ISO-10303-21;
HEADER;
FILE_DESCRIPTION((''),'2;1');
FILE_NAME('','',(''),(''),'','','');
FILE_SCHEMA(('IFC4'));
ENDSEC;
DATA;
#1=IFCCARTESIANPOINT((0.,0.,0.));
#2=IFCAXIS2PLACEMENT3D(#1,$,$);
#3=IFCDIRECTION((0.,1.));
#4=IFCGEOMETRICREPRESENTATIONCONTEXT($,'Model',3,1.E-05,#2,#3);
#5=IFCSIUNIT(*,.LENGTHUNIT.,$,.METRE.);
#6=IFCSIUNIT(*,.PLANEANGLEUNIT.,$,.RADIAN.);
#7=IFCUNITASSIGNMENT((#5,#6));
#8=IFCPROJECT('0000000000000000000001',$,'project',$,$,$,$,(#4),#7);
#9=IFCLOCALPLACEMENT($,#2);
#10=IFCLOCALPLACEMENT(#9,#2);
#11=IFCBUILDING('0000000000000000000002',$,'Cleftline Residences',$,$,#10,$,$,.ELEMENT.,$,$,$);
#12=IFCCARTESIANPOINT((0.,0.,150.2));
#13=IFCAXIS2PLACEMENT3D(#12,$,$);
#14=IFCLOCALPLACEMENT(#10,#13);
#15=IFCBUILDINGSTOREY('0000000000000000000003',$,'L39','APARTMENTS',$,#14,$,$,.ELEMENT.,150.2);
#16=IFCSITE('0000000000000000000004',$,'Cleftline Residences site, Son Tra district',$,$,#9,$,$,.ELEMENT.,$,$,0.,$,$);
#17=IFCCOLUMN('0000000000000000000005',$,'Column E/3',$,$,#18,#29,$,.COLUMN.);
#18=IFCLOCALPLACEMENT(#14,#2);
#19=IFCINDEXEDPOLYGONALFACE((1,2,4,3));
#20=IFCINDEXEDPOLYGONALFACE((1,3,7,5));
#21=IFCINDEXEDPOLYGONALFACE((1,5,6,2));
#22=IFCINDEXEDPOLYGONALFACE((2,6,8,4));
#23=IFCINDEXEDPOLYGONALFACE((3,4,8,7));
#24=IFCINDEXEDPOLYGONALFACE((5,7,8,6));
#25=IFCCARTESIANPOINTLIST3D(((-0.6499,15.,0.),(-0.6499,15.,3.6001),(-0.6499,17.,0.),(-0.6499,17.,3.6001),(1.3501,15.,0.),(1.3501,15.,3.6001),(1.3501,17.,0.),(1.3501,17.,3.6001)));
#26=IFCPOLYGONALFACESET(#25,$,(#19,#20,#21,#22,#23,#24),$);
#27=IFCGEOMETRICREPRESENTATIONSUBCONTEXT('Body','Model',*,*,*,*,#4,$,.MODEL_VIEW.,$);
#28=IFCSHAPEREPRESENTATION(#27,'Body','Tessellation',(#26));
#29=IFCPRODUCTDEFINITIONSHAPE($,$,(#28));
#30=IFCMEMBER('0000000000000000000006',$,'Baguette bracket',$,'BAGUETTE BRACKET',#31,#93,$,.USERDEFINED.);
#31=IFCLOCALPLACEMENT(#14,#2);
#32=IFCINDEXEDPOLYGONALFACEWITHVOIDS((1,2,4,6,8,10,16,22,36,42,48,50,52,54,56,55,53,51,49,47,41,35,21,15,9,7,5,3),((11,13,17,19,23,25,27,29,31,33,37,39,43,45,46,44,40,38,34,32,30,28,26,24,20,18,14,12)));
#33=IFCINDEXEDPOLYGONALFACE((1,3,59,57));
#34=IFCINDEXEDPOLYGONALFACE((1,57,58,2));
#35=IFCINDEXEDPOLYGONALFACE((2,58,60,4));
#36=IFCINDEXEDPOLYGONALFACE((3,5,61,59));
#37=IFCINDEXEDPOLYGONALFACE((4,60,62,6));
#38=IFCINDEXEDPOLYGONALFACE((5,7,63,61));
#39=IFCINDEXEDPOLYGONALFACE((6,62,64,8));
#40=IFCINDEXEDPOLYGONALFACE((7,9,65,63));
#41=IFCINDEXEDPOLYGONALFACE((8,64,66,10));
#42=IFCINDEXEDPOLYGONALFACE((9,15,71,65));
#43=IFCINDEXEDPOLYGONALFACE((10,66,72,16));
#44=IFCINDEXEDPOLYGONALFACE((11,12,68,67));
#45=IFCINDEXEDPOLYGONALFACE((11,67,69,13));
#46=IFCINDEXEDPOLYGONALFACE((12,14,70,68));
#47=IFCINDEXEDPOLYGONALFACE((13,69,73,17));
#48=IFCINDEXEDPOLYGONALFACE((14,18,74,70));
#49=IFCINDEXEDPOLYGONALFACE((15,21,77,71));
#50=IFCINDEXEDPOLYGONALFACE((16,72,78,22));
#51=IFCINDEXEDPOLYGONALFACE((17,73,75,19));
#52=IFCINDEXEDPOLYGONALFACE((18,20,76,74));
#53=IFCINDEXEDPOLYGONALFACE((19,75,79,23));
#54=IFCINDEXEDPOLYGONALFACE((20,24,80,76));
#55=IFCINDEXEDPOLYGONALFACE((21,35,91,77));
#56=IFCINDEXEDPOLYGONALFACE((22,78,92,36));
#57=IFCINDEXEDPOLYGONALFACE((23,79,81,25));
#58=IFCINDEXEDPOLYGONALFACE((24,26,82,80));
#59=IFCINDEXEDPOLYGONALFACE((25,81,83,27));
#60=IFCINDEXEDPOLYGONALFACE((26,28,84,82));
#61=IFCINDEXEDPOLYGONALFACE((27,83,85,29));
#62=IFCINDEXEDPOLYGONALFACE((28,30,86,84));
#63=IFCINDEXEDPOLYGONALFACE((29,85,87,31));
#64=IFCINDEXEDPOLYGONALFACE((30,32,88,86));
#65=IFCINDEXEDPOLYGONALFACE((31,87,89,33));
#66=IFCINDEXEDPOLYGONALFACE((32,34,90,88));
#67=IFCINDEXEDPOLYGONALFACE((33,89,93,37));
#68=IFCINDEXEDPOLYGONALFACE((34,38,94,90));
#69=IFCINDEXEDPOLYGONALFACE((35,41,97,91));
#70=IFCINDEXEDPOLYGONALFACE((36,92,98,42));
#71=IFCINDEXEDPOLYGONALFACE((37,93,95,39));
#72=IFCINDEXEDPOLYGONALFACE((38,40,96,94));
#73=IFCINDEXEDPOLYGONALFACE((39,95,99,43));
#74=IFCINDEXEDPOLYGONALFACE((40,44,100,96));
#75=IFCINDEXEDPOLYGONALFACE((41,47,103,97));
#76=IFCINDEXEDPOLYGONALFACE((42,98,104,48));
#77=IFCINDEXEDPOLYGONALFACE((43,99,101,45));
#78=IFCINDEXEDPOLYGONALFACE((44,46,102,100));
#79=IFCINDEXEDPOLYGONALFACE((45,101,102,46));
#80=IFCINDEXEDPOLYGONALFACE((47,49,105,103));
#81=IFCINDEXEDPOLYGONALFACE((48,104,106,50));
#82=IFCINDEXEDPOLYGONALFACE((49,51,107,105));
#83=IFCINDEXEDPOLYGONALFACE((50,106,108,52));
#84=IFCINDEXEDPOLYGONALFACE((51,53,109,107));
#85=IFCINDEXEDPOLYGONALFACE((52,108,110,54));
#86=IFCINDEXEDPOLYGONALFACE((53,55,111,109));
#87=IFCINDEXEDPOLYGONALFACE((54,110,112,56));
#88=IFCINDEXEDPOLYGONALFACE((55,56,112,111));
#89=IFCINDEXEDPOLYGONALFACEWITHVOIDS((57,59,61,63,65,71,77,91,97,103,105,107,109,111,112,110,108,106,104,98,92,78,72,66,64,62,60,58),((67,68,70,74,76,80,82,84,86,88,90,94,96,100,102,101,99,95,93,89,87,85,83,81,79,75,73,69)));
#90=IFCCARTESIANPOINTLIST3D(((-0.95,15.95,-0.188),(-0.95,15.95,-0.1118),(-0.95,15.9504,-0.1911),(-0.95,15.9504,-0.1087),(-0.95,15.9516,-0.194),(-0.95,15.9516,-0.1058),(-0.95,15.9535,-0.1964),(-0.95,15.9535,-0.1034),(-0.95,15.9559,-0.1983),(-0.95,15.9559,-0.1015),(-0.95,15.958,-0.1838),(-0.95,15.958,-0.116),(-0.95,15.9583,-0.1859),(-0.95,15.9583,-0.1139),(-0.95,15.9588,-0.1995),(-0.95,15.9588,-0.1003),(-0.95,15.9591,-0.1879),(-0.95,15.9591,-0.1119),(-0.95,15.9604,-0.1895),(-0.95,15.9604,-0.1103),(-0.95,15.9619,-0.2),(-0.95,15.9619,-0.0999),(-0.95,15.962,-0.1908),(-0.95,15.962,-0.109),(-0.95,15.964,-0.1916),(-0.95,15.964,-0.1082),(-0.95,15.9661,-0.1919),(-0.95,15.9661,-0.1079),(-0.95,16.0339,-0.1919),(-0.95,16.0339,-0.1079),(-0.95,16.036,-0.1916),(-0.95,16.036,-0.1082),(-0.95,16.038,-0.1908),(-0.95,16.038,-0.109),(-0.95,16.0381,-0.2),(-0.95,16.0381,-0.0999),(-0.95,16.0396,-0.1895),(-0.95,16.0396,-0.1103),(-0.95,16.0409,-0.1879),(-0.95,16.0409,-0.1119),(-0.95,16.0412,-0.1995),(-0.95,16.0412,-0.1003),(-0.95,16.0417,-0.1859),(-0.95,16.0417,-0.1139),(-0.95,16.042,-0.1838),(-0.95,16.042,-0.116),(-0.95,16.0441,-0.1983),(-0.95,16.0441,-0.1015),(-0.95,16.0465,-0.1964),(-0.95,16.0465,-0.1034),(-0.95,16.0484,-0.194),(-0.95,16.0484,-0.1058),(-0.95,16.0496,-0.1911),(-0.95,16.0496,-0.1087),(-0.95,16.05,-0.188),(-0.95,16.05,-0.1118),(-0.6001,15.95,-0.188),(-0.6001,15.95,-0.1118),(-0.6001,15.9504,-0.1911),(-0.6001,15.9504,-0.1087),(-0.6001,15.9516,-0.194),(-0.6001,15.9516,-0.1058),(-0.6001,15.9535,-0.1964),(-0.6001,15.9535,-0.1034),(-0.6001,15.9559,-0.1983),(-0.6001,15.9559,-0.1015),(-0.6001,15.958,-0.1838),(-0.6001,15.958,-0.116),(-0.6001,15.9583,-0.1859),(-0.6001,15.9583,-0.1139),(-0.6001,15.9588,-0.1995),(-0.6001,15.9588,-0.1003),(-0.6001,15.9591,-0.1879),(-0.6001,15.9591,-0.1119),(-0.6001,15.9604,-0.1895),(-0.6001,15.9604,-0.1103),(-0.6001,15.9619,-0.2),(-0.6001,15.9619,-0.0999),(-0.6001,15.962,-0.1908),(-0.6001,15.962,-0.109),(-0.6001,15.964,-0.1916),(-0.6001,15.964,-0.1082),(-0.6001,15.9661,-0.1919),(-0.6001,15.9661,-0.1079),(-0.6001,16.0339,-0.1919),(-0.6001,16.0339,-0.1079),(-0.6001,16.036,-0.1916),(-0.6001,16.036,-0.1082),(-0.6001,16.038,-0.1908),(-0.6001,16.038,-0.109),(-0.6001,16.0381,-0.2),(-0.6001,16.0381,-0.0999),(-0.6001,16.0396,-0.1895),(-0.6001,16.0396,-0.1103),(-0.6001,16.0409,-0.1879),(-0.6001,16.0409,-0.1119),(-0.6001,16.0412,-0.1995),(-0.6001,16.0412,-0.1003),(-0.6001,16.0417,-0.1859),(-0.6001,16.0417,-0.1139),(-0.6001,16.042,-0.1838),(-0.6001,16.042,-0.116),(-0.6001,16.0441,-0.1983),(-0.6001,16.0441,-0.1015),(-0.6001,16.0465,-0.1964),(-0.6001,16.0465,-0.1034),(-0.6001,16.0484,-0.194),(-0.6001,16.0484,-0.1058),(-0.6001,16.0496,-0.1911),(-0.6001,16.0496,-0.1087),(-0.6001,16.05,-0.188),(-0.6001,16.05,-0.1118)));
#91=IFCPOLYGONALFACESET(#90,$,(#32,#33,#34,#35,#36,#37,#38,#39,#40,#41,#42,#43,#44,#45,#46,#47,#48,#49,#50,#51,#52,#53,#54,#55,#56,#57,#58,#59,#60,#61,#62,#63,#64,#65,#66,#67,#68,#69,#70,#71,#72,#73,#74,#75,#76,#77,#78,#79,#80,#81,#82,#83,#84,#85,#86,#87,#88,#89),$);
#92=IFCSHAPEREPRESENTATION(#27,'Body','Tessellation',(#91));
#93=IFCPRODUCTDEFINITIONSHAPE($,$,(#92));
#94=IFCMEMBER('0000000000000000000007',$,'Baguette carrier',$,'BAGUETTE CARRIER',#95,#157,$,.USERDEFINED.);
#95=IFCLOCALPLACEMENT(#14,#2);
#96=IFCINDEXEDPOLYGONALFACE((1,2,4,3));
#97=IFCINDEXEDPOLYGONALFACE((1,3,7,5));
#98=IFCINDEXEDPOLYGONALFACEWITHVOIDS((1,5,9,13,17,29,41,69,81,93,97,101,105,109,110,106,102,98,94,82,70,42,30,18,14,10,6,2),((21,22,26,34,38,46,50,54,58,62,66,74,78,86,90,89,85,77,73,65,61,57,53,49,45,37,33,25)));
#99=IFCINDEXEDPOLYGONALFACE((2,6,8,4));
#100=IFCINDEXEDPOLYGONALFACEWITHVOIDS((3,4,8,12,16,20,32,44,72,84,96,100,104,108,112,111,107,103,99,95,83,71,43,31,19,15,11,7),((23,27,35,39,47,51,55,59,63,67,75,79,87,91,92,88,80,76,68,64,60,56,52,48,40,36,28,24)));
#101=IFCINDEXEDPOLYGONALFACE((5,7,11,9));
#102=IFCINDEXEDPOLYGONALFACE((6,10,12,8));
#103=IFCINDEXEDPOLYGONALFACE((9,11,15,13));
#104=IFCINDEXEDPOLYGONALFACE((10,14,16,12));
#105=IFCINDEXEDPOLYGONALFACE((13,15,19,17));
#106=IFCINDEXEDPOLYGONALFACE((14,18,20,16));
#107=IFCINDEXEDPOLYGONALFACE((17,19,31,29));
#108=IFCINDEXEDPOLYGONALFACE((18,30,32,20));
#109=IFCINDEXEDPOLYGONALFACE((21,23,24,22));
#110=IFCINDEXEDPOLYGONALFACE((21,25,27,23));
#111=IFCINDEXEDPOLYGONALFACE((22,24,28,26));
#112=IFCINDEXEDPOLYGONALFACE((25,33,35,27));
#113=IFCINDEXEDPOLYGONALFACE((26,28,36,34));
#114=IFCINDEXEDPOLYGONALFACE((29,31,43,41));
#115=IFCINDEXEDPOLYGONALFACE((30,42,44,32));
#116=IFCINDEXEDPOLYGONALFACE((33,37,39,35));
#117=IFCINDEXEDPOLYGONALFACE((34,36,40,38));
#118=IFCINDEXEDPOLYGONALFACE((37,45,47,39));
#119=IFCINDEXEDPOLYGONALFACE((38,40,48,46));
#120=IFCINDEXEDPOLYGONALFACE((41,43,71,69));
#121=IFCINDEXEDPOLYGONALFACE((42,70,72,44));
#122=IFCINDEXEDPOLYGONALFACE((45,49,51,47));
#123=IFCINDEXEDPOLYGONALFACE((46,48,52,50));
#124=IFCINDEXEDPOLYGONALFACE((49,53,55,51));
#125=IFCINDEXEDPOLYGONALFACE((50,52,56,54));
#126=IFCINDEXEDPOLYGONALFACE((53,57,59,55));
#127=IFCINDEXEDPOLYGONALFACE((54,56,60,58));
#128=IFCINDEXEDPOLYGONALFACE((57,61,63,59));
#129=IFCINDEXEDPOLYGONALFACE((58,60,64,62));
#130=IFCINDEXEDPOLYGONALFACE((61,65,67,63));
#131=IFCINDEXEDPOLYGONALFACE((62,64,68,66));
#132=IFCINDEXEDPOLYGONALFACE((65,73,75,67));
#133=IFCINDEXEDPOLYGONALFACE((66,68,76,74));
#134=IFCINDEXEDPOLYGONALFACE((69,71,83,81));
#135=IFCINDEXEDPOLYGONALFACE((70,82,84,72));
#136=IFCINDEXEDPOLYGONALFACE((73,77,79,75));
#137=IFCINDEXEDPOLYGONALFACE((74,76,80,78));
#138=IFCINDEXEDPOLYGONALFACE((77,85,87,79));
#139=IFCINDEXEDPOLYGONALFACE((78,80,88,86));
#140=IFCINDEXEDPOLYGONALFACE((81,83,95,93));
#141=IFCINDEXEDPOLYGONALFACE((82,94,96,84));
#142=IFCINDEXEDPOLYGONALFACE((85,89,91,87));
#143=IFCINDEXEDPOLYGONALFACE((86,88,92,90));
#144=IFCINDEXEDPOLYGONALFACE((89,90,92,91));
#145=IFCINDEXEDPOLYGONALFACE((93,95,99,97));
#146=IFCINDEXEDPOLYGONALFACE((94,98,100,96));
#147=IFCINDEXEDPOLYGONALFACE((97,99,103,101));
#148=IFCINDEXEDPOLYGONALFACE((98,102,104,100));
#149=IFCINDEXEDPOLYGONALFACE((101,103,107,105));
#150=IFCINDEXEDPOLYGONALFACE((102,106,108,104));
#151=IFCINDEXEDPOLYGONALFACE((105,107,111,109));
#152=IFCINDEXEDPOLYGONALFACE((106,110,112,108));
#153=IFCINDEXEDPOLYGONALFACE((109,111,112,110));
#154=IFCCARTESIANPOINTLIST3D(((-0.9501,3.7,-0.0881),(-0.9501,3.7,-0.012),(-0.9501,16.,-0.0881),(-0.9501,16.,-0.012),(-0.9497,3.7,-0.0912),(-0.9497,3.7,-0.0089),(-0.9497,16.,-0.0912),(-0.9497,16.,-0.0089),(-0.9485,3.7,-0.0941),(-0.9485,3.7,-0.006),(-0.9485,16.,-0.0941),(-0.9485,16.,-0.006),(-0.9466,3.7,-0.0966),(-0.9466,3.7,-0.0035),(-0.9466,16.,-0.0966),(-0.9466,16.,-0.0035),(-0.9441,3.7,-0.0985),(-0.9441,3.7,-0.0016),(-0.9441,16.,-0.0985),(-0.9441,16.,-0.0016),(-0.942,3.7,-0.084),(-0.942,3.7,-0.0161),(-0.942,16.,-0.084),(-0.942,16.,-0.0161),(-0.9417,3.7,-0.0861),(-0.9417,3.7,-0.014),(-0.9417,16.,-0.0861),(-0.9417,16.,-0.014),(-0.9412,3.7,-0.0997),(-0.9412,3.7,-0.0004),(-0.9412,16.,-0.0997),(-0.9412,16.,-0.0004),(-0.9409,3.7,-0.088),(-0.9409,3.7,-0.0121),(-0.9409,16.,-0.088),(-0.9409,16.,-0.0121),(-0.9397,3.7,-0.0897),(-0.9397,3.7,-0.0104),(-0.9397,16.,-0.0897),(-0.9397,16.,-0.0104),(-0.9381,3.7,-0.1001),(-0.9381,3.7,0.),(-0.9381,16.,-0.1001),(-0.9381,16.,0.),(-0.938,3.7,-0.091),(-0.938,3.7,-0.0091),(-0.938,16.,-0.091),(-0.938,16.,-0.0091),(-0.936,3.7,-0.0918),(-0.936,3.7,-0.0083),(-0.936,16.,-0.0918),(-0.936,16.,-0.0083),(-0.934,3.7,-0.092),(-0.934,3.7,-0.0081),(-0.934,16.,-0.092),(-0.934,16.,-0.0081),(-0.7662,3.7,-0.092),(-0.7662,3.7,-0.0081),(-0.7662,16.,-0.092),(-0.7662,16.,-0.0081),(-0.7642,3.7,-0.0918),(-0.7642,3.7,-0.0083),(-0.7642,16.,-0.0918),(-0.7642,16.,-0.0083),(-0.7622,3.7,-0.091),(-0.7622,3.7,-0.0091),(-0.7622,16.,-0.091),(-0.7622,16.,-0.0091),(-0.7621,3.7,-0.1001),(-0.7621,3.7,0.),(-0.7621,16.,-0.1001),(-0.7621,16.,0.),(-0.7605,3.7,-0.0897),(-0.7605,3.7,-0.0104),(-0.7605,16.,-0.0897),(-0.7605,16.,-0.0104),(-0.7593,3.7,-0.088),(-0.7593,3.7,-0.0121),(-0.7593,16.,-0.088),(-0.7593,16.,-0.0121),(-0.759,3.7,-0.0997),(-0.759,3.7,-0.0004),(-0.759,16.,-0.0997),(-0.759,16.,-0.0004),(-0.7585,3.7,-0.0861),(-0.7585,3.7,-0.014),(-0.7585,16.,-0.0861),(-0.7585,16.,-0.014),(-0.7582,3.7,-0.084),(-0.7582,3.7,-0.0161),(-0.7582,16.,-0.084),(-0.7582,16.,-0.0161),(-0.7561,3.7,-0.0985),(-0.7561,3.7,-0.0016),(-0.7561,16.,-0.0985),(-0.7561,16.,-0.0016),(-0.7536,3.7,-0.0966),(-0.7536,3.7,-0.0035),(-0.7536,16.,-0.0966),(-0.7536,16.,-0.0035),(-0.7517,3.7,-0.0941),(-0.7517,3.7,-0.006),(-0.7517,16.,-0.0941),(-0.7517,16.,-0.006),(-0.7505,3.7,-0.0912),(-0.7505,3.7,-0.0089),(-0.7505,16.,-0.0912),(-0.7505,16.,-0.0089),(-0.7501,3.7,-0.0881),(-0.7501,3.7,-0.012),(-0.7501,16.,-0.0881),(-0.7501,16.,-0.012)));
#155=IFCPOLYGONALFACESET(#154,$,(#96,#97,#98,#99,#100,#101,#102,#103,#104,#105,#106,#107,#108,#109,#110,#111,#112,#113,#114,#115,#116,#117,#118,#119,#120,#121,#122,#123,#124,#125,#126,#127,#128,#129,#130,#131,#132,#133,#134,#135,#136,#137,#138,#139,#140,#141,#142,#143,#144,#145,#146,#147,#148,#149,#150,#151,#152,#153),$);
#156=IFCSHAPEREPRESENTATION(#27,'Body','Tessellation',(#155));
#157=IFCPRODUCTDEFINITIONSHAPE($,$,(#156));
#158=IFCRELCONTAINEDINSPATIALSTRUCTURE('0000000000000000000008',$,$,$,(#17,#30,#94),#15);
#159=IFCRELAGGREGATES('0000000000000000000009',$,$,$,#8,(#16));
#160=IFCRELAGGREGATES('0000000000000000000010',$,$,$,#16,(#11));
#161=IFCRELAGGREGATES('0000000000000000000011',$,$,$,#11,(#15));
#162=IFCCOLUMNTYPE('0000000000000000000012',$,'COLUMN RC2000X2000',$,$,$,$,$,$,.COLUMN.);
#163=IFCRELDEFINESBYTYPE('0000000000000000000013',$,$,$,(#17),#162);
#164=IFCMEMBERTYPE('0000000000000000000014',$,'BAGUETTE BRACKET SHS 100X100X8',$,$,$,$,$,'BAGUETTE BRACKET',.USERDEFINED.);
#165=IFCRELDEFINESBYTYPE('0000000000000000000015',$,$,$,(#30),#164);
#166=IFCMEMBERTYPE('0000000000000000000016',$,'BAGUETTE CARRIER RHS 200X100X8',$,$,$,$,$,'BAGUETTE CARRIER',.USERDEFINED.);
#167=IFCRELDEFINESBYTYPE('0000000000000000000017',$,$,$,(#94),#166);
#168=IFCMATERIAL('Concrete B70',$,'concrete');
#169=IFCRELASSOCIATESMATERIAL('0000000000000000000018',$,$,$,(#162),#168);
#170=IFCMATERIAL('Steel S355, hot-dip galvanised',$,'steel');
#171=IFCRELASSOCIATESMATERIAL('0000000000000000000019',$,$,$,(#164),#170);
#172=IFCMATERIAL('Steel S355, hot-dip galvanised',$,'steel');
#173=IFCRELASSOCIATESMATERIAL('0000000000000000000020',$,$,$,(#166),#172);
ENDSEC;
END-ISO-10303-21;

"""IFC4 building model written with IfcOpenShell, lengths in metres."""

from ifc_helpers import new_model, si_unit, direction, frame, origin, origin_2d, place, context, subcontext, project, spatial, rectangle, hollow_rectangle, extrude, material, material_profile, profile_set, type_object, element, save


model = new_model("IFC4")

# Units and contexts
model_context = context("Model", 3, precision=1e-05, world=origin(), true_north=direction((0.0, 1.0)))
body_context = subcontext(model_context, "Body", "Model", "MODEL_VIEW")
ifc_project = project(units=[si_unit("LENGTHUNIT", "METRE"), si_unit("PLANEANGLEUNIT", "RADIAN")], contexts=[model_context])

# Site, building, storey
site_placement = place(None, origin())
site = spatial("IfcSite", under=ifc_project, at=site_placement, Name="Cleftline Residences site, Son Tra district", CompositionType="ELEMENT", RefElevation=0.0)
building_placement = place(site_placement, origin())
building = spatial("IfcBuilding", under=site, at=building_placement, Name="Cleftline Residences", CompositionType="ELEMENT")
storey_placement = place(building_placement, frame((0.0, 0.0, 150.2)))
storey = spatial("IfcBuildingStorey", under=building, at=storey_placement, Name="L39", Description="APARTMENTS", CompositionType="ELEMENT", Elevation=150.2)

# Column
ifc_material_1 = material(Name="Concrete B70", Category="concrete")
ifc_material_profile_1 = material_profile(ifc_material_1, rectangle(XDim=2.0, YDim=2.0, at=origin_2d()))
ifc_profile_set_1 = profile_set([ifc_material_profile_1], Name="Concrete B70")
column_type = type_object("IfcColumnType", Name="COLUMN RC2000X2000", PredefinedType="COLUMN", material=ifc_profile_set_1)
column_placement = place(storey_placement, frame((0.3501, 16.0, 0.0), z_axis=(0.0, 0.0, 1.0), x_axis=(1.0, 0.0, 0.0)))
element("IfcColumn", 1, at=column_placement, inside=storey, type_object=column_type, Name="Column E/3", PredefinedType="COLUMN", context=body_context, shape_type="SweptSolid", body=[
    extrude(rectangle(XDim=2.0, YDim=2.0, at=origin_2d()), origin(), (0.0, 0.0, 1.0), 3.6001),
])

# Members
ifc_material_2 = material(Name="Steel S355, hot-dip galvanised", Category="steel")
ifc_material_profile_2 = material_profile(ifc_material_2, hollow_rectangle(XDim=0.1001, YDim=0.1001, WallThickness=0.0081, InnerFilletRadius=0.0081, OuterFilletRadius=0.012, at=origin_2d()))
ifc_profile_set_2 = profile_set([ifc_material_profile_2], Name="Steel S355, hot-dip galvanised")
member_type_1 = type_object("IfcMemberType", Name="BAGUETTE BRACKET SHS 100X100X8", ElementType="BAGUETTE BRACKET", PredefinedType="USERDEFINED", material=ifc_profile_set_2)
member_1_placement = place(storey_placement, frame((-0.6001, 16.0, -0.1499), z_axis=(-1.0, 0.0, 0.0), x_axis=(0.0, -1.0, 0.0)))
element("IfcMember", 2, at=member_1_placement, inside=storey, type_object=member_type_1, Name="Baguette bracket", ObjectType="BAGUETTE BRACKET", PredefinedType="USERDEFINED", context=body_context, shape_type="SweptSolid", body=[
    extrude(hollow_rectangle(XDim=0.1001, YDim=0.1001, WallThickness=0.0081, InnerFilletRadius=0.0081, OuterFilletRadius=0.012, at=origin_2d()), origin(), (0.0, 0.0, 1.0), 0.3499),
])
ifc_material_3 = material(Name="Steel S355, hot-dip galvanised", Category="steel")
ifc_material_profile_3 = material_profile(ifc_material_3, hollow_rectangle(XDim=0.1001, YDim=0.2, WallThickness=0.0081, InnerFilletRadius=0.0081, OuterFilletRadius=0.012, at=origin_2d()))
ifc_profile_set_3 = profile_set([ifc_material_profile_3], Name="Steel S355, hot-dip galvanised")
member_type_2 = type_object("IfcMemberType", Name="BAGUETTE CARRIER RHS 200X100X8", ElementType="BAGUETTE CARRIER", PredefinedType="USERDEFINED", material=ifc_profile_set_3)
member_2_placement = place(storey_placement, frame((-0.8501, 16.0, -0.05), z_axis=(0.0, -1.0, 0.0), x_axis=(0.0, 0.0, 1.0)))
element("IfcMember", 3, at=member_2_placement, inside=storey, type_object=member_type_2, Name="Baguette carrier", ObjectType="BAGUETTE CARRIER", PredefinedType="USERDEFINED", context=body_context, shape_type="SweptSolid", body=[
    extrude(hollow_rectangle(XDim=0.1001, YDim=0.2, WallThickness=0.0081, InnerFilletRadius=0.0081, OuterFilletRadius=0.012, at=origin_2d()), origin(), (0.0, 0.0, 1.0), 12.3),
])

save(model, "model.ifc")
